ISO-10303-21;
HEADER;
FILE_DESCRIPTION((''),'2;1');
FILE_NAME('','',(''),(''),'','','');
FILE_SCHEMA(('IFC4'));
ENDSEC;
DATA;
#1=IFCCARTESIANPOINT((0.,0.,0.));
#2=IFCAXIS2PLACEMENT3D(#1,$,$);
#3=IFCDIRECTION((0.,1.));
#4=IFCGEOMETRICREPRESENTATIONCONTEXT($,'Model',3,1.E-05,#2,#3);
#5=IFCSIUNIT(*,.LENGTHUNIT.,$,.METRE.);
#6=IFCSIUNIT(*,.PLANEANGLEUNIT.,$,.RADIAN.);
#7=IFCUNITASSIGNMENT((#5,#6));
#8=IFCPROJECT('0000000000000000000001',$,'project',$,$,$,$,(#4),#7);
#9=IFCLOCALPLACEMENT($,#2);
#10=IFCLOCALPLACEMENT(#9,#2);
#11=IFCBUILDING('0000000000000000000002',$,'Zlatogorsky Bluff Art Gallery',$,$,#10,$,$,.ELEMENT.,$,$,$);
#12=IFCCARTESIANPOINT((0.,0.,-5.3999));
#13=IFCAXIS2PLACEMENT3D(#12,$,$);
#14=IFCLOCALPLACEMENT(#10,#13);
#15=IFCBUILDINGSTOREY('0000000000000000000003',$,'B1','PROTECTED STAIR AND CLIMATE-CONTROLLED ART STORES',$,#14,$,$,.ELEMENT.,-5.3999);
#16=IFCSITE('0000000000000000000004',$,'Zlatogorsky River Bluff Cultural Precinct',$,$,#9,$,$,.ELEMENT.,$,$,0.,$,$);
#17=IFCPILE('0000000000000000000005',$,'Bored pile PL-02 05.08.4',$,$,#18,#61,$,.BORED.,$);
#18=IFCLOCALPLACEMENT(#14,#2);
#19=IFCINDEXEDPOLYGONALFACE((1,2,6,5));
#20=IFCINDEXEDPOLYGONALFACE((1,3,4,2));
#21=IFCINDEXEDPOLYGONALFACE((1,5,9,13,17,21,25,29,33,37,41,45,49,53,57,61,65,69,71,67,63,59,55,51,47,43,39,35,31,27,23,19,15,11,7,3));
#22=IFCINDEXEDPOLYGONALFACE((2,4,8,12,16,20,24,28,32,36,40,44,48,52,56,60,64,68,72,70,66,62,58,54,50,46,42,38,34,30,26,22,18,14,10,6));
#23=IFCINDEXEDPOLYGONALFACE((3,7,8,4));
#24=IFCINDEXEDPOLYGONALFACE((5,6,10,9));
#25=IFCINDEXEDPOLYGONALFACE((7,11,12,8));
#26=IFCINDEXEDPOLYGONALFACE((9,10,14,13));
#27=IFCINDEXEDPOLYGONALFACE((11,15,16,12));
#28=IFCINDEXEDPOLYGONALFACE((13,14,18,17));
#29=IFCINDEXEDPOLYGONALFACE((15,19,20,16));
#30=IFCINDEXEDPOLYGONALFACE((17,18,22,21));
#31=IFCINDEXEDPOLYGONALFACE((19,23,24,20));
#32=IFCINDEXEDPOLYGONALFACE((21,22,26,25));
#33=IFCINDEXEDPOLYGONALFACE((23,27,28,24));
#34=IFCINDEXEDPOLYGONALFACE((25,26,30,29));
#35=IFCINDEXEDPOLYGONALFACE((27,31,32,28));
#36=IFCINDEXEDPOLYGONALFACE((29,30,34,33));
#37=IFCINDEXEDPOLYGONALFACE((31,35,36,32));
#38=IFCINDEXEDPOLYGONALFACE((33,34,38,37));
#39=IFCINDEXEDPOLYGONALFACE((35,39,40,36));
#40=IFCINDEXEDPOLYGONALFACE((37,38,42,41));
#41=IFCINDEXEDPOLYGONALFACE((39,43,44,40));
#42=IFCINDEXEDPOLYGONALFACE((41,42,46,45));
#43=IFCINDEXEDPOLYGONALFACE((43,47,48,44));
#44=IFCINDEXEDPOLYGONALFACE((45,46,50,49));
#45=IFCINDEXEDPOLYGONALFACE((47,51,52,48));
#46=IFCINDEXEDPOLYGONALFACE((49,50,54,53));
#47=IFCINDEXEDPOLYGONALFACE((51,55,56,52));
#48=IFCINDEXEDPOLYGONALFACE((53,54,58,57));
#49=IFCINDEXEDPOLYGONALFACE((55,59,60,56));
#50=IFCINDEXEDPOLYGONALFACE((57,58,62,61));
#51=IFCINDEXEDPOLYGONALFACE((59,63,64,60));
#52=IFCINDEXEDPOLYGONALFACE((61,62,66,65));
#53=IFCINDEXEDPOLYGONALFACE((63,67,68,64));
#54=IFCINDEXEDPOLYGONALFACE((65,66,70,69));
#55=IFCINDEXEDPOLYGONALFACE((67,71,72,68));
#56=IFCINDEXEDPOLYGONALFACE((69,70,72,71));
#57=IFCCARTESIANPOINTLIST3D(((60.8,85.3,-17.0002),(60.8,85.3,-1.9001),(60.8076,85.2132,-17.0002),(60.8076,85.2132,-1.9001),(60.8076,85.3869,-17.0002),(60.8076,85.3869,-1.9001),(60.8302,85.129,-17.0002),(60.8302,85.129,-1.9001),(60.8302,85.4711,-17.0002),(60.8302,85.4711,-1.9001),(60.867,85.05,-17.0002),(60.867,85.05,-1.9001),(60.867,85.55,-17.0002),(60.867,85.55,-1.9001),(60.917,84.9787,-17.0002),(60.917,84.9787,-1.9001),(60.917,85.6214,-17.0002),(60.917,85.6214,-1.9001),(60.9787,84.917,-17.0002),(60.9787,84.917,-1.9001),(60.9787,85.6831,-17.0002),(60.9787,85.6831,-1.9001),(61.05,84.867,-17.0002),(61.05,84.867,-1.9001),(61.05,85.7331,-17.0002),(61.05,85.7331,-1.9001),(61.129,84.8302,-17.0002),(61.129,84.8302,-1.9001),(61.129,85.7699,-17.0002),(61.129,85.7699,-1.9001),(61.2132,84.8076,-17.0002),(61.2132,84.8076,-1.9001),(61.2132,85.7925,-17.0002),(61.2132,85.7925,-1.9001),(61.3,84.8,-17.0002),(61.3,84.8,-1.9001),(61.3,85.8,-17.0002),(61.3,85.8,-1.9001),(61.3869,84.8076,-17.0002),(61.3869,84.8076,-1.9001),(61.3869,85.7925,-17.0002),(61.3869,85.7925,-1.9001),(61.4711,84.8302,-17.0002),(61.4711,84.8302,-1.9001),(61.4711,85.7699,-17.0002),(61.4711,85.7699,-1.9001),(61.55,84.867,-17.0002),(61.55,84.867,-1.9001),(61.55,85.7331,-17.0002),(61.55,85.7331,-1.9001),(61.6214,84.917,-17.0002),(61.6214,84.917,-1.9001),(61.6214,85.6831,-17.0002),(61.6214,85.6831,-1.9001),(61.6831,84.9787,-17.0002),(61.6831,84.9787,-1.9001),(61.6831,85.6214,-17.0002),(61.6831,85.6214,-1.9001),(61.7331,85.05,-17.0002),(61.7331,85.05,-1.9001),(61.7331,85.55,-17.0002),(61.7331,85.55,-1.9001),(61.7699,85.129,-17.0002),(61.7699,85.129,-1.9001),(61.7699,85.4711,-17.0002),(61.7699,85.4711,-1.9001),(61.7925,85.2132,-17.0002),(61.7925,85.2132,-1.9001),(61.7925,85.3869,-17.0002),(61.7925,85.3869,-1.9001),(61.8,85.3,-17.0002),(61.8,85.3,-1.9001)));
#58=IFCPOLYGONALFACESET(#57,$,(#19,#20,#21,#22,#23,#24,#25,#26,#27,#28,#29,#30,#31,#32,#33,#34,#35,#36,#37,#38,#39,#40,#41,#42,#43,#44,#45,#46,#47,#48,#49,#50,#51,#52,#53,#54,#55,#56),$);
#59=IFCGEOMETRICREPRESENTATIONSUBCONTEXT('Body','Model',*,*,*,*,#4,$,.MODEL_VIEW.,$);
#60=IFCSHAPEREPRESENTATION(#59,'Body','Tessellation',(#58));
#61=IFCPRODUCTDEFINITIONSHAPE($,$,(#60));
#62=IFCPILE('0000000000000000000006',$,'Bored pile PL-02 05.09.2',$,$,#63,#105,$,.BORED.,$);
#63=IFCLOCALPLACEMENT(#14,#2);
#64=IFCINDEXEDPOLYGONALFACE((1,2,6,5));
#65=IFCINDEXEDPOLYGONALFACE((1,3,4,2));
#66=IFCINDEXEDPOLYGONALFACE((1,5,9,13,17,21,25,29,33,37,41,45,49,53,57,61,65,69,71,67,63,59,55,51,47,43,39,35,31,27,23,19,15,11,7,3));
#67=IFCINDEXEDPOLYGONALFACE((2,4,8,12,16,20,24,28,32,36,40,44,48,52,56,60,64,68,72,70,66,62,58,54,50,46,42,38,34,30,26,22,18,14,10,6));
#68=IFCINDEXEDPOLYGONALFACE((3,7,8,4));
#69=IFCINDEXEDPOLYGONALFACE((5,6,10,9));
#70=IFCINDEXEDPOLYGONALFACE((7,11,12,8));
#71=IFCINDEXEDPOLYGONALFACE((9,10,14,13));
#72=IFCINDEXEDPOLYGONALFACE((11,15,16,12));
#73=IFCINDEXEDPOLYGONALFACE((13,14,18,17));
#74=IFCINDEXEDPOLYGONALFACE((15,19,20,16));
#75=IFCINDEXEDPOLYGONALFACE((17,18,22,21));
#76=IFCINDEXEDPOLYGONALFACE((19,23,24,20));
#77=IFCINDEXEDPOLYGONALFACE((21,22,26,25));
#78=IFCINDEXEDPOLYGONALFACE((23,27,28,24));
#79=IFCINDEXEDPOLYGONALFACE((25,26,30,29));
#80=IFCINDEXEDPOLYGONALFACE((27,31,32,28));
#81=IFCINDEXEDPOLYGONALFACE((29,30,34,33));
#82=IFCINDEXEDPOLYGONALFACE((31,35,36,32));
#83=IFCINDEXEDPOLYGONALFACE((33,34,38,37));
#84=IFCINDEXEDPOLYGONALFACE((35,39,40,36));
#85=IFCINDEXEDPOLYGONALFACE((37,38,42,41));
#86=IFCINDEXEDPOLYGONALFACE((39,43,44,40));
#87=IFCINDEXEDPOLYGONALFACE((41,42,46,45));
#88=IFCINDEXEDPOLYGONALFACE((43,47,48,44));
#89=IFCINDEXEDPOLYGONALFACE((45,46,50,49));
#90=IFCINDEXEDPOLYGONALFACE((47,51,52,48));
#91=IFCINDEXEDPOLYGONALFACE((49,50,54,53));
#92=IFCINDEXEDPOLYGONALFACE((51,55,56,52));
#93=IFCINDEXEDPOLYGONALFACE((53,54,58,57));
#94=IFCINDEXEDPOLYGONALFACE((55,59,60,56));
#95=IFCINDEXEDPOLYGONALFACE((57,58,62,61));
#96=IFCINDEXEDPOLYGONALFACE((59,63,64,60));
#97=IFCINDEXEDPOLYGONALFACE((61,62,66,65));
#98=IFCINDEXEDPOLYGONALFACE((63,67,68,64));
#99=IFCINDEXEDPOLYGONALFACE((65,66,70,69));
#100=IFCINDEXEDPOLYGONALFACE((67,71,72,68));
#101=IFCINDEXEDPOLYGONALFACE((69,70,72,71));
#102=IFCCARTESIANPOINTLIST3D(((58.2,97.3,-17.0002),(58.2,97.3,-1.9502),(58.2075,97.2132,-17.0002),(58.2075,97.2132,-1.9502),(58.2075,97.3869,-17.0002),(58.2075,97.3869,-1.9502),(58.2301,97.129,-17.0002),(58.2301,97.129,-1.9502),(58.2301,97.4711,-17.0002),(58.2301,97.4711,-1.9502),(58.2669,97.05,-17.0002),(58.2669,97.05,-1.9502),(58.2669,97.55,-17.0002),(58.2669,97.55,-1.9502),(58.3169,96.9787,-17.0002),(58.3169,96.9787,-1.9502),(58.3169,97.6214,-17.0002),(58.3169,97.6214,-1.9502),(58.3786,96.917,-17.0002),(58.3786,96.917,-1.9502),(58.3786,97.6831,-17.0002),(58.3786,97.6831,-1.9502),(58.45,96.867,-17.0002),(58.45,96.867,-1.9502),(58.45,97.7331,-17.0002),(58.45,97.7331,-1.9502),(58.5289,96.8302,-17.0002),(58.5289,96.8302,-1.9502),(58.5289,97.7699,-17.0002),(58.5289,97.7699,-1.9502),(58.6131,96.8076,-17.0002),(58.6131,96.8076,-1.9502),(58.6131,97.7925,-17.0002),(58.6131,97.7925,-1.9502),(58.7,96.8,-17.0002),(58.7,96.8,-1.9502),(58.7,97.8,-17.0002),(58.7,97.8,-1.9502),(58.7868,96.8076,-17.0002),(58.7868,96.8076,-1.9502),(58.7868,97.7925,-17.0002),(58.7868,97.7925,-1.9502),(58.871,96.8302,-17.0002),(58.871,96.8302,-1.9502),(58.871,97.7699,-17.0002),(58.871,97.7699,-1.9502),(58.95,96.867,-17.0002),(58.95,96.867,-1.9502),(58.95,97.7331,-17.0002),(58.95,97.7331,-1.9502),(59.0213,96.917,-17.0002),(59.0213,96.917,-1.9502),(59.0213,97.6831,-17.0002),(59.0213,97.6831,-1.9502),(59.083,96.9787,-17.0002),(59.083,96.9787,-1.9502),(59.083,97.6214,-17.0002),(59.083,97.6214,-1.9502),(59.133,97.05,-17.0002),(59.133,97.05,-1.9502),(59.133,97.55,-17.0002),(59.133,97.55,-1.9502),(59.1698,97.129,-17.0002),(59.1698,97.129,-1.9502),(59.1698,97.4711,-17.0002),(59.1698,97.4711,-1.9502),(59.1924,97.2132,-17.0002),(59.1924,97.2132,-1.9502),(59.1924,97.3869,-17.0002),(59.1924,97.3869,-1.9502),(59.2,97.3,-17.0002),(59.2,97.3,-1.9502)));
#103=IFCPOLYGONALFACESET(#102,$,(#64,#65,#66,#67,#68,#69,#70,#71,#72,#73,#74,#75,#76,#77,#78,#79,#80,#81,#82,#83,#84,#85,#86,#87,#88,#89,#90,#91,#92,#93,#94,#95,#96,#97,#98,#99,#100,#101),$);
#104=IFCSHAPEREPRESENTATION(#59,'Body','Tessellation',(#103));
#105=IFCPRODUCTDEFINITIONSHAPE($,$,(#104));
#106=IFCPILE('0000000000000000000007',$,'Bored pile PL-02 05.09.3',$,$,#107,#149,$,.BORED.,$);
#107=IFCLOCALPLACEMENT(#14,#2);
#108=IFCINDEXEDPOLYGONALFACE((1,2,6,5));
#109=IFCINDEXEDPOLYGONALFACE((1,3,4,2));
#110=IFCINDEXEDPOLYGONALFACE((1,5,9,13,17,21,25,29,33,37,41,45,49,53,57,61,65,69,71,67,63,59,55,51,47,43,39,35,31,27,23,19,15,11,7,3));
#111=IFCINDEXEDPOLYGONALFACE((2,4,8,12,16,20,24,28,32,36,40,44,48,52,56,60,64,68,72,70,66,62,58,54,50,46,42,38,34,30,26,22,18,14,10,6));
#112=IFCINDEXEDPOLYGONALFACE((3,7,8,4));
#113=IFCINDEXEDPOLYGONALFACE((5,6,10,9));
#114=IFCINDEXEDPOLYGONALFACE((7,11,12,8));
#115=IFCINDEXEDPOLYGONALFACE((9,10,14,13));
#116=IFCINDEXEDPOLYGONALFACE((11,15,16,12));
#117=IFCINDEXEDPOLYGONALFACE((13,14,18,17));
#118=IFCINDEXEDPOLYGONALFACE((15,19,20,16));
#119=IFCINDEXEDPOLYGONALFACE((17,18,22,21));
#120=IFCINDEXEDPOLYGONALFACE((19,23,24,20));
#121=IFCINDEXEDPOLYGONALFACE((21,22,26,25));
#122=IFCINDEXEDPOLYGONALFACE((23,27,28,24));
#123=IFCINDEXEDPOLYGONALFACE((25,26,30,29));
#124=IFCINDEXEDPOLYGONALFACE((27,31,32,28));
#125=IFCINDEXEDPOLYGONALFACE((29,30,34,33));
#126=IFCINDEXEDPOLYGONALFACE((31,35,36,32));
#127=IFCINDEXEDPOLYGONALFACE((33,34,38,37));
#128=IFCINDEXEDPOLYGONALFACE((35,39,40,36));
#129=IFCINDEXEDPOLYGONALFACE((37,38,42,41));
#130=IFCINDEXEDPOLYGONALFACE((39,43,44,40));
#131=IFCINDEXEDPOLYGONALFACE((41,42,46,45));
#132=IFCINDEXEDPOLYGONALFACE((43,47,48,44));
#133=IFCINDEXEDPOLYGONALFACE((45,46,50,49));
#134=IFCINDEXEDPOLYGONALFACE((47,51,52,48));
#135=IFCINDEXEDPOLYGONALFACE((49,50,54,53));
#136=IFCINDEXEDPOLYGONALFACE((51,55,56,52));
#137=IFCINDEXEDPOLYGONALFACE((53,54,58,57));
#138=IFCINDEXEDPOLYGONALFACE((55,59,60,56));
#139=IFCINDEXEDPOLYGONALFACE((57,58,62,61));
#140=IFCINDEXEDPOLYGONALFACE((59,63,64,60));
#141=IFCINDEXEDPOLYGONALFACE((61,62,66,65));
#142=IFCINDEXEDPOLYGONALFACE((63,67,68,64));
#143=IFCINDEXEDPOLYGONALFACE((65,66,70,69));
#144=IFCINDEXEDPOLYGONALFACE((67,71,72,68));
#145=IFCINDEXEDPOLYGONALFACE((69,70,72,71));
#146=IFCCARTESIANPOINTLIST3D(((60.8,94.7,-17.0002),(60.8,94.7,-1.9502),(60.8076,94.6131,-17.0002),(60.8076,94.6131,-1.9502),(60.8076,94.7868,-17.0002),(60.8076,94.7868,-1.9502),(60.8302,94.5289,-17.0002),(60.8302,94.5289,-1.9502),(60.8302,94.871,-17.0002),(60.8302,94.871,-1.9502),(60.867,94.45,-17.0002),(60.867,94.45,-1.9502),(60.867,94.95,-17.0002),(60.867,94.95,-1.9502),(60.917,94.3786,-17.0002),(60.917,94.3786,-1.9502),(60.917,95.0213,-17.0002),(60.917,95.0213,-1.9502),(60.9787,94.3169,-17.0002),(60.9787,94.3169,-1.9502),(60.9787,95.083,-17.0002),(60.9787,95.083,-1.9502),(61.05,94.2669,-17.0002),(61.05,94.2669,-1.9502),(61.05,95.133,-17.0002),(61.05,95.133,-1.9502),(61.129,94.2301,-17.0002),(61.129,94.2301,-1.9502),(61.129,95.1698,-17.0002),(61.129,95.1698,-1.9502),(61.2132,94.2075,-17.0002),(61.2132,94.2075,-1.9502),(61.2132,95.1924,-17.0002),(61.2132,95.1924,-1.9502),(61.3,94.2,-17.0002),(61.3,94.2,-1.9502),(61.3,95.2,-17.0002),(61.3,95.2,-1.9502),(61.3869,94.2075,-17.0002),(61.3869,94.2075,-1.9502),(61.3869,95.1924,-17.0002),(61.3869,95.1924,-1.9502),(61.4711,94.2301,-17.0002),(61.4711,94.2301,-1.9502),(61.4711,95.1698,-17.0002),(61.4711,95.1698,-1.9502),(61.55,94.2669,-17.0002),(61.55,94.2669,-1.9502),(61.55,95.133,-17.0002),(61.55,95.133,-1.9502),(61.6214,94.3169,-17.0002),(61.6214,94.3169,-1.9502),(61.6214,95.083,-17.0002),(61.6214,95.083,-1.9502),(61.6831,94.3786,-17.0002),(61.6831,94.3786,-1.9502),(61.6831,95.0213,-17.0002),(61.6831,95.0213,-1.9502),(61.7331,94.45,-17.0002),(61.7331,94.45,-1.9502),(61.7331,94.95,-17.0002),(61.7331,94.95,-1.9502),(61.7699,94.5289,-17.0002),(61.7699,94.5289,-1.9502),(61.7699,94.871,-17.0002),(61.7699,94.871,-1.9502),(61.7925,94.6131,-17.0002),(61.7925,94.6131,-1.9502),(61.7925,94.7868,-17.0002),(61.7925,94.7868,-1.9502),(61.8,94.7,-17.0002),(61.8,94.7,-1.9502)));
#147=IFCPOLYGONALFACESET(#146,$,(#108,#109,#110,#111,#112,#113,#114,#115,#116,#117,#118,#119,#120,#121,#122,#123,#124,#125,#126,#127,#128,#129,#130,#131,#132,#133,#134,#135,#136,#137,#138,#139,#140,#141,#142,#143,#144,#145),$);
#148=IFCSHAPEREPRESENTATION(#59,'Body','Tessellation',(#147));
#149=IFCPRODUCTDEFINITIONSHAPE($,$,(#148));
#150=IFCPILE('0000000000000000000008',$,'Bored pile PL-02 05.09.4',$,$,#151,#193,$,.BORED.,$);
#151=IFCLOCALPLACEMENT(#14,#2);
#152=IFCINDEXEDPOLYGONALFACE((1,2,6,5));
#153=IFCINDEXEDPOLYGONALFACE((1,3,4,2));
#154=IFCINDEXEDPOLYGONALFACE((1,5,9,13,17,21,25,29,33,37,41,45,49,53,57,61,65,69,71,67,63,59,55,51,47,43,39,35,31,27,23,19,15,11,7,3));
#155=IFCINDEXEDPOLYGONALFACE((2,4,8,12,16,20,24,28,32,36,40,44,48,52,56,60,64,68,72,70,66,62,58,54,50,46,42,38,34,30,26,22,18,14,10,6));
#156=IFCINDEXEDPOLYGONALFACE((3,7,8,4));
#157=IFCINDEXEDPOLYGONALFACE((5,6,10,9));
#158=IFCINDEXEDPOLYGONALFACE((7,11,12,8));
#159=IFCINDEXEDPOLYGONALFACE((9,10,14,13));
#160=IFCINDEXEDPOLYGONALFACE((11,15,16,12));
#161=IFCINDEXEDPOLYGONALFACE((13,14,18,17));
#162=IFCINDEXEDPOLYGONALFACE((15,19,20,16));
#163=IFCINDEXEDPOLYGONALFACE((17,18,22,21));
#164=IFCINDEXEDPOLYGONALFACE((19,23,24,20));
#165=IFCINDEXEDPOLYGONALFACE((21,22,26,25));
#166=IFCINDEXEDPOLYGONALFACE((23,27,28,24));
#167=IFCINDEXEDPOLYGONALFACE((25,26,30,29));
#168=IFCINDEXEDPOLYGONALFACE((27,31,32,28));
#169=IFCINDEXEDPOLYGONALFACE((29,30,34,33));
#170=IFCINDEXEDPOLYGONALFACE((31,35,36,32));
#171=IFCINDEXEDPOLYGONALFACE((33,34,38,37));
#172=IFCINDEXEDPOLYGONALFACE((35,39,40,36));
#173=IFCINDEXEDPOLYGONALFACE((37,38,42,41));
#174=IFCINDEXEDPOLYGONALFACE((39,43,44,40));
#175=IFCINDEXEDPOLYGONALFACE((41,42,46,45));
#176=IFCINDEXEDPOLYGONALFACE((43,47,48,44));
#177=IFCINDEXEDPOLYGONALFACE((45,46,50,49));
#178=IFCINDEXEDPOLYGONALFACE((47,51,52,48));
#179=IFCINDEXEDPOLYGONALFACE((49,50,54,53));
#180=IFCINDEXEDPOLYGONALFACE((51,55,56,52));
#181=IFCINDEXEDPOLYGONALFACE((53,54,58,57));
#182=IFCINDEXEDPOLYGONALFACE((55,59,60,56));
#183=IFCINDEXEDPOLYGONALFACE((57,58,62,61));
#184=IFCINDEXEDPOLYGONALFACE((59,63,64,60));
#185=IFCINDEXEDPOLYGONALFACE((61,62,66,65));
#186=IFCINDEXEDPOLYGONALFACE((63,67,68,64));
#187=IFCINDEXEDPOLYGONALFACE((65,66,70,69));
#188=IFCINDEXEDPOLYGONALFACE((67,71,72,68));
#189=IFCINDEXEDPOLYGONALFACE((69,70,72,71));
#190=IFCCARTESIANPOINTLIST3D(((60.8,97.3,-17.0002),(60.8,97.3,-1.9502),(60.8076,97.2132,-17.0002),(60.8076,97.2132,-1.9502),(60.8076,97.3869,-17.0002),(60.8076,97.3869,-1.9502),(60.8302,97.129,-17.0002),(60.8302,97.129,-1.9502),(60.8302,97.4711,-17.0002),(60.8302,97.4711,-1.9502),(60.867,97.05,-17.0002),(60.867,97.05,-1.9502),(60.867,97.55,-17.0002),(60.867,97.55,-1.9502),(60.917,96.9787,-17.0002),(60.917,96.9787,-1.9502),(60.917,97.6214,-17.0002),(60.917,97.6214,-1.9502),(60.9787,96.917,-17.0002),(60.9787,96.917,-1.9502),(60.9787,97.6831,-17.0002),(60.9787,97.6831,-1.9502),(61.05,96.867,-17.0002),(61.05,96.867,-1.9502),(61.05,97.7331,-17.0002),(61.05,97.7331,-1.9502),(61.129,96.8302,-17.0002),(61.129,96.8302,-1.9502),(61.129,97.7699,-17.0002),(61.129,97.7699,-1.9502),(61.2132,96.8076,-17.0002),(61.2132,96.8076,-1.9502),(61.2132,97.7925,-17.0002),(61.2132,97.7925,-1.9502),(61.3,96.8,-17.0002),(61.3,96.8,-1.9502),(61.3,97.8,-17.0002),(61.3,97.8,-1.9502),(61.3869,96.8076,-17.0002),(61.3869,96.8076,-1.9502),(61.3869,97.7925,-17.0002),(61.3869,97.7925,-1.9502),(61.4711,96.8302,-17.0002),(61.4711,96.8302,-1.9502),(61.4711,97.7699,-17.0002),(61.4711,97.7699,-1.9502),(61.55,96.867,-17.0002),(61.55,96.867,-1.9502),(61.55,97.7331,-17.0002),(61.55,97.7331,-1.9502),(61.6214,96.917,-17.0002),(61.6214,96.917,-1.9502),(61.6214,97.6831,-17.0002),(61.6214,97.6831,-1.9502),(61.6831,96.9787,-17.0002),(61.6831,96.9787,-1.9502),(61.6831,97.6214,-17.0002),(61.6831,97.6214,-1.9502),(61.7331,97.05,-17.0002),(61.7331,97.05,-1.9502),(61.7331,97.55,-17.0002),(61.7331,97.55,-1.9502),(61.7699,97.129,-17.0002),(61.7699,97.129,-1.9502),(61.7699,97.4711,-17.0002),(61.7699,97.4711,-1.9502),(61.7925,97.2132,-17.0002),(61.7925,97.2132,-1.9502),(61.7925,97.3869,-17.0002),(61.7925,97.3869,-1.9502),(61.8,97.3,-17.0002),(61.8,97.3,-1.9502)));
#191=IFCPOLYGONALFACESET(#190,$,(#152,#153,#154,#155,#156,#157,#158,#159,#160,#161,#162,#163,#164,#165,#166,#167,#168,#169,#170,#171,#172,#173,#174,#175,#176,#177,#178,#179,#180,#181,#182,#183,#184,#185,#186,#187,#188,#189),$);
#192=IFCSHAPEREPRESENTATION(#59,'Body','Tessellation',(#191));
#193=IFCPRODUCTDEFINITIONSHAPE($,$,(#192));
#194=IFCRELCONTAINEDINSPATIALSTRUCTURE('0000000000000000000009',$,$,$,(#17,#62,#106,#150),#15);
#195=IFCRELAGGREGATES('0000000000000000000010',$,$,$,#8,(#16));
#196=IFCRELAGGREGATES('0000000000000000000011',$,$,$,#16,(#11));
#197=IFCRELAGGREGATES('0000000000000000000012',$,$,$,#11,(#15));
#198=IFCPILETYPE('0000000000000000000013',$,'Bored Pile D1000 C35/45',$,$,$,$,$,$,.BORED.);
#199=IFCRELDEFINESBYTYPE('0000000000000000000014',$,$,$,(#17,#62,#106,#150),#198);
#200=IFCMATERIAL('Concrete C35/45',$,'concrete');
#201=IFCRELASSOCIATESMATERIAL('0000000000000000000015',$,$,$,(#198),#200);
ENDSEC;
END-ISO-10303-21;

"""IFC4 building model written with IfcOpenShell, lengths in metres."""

from ifc_helpers import new_model, si_unit, direction, frame, origin, origin_2d, place, context, subcontext, project, spatial, circle, extrude, material, material_profile, profile_set, type_object, element, save


model = new_model("IFC4")

# Units and contexts
model_context = context("Model", 3, precision=1e-05, world=origin(), true_north=direction((0.0, 1.0)))
body_context = subcontext(model_context, "Body", "Model", "MODEL_VIEW")
ifc_project = project(units=[si_unit("LENGTHUNIT", "METRE"), si_unit("PLANEANGLEUNIT", "RADIAN")], contexts=[model_context])

# Site, building, storey
site_placement = place(None, origin())
site = spatial("IfcSite", under=ifc_project, at=site_placement, Name="Zlatogorsky River Bluff Cultural Precinct", CompositionType="ELEMENT", RefElevation=0.0)
building_placement = place(site_placement, origin())
building = spatial("IfcBuilding", under=site, at=building_placement, Name="Zlatogorsky Bluff Art Gallery", CompositionType="ELEMENT")
storey_placement = place(building_placement, frame((0.0, 0.0, -5.3999)))
storey = spatial("IfcBuildingStorey", under=building, at=storey_placement, Name="B1", Description="PROTECTED STAIR AND CLIMATE-CONTROLLED ART STORES", CompositionType="ELEMENT", Elevation=-5.3999)

# Piles
ifc_material_1 = material(Name="Concrete C35/45", Category="concrete")
ifc_material_profile_1 = material_profile(ifc_material_1, circle(Radius=0.5, at=origin_2d()), Name="BORED PILE D1000")
ifc_profile_set_1 = profile_set([ifc_material_profile_1], Name="Concrete C35/45")
pile_type = type_object("IfcPileType", Name="Bored Pile D1000 C35/45", PredefinedType="BORED", material=ifc_profile_set_1)
pile_1_placement = place(storey_placement, frame((61.3, 85.3, -1.9001), z_axis=(0.0, 0.0, -1.0), x_axis=(1.0, 0.0, 0.0)))
element("IfcPile", 1, at=pile_1_placement, inside=storey, type_object=pile_type, Name="Bored pile PL-02 05.08.4", PredefinedType="BORED", context=body_context, shape_type="SweptSolid", body=[
    extrude(circle(Radius=0.5, at=origin_2d()), origin(), (0.0, 0.0, 1.0), 15.1001),
])
for number, where, z_axis, x_axis, name in (
    (2, (58.7, 97.3, -1.9502), (0.0, 0.0, -1.0), (1.0, 0.0, 0.0), "Bored pile PL-02 05.09.2"),
    (3, (61.3, 94.7, -1.9502), (0.0, 0.0, -1.0), (1.0, 0.0, 0.0), "Bored pile PL-02 05.09.3"),
    (4, (61.3, 97.3, -1.9502), (0.0, 0.0, -1.0), (1.0, 0.0, 0.0), "Bored pile PL-02 05.09.4"),
):
    element("IfcPile", number, at=place(storey_placement, frame(where, z_axis=z_axis, x_axis=x_axis)), inside=storey, type_object=pile_type, Name=name, PredefinedType="BORED", context=body_context, shape_type="SweptSolid", body=[
        extrude(circle(Radius=0.5, at=origin_2d()), origin(), (0.0, 0.0, 1.0), 15.05),
    ])

save(model, "model.ifc")
